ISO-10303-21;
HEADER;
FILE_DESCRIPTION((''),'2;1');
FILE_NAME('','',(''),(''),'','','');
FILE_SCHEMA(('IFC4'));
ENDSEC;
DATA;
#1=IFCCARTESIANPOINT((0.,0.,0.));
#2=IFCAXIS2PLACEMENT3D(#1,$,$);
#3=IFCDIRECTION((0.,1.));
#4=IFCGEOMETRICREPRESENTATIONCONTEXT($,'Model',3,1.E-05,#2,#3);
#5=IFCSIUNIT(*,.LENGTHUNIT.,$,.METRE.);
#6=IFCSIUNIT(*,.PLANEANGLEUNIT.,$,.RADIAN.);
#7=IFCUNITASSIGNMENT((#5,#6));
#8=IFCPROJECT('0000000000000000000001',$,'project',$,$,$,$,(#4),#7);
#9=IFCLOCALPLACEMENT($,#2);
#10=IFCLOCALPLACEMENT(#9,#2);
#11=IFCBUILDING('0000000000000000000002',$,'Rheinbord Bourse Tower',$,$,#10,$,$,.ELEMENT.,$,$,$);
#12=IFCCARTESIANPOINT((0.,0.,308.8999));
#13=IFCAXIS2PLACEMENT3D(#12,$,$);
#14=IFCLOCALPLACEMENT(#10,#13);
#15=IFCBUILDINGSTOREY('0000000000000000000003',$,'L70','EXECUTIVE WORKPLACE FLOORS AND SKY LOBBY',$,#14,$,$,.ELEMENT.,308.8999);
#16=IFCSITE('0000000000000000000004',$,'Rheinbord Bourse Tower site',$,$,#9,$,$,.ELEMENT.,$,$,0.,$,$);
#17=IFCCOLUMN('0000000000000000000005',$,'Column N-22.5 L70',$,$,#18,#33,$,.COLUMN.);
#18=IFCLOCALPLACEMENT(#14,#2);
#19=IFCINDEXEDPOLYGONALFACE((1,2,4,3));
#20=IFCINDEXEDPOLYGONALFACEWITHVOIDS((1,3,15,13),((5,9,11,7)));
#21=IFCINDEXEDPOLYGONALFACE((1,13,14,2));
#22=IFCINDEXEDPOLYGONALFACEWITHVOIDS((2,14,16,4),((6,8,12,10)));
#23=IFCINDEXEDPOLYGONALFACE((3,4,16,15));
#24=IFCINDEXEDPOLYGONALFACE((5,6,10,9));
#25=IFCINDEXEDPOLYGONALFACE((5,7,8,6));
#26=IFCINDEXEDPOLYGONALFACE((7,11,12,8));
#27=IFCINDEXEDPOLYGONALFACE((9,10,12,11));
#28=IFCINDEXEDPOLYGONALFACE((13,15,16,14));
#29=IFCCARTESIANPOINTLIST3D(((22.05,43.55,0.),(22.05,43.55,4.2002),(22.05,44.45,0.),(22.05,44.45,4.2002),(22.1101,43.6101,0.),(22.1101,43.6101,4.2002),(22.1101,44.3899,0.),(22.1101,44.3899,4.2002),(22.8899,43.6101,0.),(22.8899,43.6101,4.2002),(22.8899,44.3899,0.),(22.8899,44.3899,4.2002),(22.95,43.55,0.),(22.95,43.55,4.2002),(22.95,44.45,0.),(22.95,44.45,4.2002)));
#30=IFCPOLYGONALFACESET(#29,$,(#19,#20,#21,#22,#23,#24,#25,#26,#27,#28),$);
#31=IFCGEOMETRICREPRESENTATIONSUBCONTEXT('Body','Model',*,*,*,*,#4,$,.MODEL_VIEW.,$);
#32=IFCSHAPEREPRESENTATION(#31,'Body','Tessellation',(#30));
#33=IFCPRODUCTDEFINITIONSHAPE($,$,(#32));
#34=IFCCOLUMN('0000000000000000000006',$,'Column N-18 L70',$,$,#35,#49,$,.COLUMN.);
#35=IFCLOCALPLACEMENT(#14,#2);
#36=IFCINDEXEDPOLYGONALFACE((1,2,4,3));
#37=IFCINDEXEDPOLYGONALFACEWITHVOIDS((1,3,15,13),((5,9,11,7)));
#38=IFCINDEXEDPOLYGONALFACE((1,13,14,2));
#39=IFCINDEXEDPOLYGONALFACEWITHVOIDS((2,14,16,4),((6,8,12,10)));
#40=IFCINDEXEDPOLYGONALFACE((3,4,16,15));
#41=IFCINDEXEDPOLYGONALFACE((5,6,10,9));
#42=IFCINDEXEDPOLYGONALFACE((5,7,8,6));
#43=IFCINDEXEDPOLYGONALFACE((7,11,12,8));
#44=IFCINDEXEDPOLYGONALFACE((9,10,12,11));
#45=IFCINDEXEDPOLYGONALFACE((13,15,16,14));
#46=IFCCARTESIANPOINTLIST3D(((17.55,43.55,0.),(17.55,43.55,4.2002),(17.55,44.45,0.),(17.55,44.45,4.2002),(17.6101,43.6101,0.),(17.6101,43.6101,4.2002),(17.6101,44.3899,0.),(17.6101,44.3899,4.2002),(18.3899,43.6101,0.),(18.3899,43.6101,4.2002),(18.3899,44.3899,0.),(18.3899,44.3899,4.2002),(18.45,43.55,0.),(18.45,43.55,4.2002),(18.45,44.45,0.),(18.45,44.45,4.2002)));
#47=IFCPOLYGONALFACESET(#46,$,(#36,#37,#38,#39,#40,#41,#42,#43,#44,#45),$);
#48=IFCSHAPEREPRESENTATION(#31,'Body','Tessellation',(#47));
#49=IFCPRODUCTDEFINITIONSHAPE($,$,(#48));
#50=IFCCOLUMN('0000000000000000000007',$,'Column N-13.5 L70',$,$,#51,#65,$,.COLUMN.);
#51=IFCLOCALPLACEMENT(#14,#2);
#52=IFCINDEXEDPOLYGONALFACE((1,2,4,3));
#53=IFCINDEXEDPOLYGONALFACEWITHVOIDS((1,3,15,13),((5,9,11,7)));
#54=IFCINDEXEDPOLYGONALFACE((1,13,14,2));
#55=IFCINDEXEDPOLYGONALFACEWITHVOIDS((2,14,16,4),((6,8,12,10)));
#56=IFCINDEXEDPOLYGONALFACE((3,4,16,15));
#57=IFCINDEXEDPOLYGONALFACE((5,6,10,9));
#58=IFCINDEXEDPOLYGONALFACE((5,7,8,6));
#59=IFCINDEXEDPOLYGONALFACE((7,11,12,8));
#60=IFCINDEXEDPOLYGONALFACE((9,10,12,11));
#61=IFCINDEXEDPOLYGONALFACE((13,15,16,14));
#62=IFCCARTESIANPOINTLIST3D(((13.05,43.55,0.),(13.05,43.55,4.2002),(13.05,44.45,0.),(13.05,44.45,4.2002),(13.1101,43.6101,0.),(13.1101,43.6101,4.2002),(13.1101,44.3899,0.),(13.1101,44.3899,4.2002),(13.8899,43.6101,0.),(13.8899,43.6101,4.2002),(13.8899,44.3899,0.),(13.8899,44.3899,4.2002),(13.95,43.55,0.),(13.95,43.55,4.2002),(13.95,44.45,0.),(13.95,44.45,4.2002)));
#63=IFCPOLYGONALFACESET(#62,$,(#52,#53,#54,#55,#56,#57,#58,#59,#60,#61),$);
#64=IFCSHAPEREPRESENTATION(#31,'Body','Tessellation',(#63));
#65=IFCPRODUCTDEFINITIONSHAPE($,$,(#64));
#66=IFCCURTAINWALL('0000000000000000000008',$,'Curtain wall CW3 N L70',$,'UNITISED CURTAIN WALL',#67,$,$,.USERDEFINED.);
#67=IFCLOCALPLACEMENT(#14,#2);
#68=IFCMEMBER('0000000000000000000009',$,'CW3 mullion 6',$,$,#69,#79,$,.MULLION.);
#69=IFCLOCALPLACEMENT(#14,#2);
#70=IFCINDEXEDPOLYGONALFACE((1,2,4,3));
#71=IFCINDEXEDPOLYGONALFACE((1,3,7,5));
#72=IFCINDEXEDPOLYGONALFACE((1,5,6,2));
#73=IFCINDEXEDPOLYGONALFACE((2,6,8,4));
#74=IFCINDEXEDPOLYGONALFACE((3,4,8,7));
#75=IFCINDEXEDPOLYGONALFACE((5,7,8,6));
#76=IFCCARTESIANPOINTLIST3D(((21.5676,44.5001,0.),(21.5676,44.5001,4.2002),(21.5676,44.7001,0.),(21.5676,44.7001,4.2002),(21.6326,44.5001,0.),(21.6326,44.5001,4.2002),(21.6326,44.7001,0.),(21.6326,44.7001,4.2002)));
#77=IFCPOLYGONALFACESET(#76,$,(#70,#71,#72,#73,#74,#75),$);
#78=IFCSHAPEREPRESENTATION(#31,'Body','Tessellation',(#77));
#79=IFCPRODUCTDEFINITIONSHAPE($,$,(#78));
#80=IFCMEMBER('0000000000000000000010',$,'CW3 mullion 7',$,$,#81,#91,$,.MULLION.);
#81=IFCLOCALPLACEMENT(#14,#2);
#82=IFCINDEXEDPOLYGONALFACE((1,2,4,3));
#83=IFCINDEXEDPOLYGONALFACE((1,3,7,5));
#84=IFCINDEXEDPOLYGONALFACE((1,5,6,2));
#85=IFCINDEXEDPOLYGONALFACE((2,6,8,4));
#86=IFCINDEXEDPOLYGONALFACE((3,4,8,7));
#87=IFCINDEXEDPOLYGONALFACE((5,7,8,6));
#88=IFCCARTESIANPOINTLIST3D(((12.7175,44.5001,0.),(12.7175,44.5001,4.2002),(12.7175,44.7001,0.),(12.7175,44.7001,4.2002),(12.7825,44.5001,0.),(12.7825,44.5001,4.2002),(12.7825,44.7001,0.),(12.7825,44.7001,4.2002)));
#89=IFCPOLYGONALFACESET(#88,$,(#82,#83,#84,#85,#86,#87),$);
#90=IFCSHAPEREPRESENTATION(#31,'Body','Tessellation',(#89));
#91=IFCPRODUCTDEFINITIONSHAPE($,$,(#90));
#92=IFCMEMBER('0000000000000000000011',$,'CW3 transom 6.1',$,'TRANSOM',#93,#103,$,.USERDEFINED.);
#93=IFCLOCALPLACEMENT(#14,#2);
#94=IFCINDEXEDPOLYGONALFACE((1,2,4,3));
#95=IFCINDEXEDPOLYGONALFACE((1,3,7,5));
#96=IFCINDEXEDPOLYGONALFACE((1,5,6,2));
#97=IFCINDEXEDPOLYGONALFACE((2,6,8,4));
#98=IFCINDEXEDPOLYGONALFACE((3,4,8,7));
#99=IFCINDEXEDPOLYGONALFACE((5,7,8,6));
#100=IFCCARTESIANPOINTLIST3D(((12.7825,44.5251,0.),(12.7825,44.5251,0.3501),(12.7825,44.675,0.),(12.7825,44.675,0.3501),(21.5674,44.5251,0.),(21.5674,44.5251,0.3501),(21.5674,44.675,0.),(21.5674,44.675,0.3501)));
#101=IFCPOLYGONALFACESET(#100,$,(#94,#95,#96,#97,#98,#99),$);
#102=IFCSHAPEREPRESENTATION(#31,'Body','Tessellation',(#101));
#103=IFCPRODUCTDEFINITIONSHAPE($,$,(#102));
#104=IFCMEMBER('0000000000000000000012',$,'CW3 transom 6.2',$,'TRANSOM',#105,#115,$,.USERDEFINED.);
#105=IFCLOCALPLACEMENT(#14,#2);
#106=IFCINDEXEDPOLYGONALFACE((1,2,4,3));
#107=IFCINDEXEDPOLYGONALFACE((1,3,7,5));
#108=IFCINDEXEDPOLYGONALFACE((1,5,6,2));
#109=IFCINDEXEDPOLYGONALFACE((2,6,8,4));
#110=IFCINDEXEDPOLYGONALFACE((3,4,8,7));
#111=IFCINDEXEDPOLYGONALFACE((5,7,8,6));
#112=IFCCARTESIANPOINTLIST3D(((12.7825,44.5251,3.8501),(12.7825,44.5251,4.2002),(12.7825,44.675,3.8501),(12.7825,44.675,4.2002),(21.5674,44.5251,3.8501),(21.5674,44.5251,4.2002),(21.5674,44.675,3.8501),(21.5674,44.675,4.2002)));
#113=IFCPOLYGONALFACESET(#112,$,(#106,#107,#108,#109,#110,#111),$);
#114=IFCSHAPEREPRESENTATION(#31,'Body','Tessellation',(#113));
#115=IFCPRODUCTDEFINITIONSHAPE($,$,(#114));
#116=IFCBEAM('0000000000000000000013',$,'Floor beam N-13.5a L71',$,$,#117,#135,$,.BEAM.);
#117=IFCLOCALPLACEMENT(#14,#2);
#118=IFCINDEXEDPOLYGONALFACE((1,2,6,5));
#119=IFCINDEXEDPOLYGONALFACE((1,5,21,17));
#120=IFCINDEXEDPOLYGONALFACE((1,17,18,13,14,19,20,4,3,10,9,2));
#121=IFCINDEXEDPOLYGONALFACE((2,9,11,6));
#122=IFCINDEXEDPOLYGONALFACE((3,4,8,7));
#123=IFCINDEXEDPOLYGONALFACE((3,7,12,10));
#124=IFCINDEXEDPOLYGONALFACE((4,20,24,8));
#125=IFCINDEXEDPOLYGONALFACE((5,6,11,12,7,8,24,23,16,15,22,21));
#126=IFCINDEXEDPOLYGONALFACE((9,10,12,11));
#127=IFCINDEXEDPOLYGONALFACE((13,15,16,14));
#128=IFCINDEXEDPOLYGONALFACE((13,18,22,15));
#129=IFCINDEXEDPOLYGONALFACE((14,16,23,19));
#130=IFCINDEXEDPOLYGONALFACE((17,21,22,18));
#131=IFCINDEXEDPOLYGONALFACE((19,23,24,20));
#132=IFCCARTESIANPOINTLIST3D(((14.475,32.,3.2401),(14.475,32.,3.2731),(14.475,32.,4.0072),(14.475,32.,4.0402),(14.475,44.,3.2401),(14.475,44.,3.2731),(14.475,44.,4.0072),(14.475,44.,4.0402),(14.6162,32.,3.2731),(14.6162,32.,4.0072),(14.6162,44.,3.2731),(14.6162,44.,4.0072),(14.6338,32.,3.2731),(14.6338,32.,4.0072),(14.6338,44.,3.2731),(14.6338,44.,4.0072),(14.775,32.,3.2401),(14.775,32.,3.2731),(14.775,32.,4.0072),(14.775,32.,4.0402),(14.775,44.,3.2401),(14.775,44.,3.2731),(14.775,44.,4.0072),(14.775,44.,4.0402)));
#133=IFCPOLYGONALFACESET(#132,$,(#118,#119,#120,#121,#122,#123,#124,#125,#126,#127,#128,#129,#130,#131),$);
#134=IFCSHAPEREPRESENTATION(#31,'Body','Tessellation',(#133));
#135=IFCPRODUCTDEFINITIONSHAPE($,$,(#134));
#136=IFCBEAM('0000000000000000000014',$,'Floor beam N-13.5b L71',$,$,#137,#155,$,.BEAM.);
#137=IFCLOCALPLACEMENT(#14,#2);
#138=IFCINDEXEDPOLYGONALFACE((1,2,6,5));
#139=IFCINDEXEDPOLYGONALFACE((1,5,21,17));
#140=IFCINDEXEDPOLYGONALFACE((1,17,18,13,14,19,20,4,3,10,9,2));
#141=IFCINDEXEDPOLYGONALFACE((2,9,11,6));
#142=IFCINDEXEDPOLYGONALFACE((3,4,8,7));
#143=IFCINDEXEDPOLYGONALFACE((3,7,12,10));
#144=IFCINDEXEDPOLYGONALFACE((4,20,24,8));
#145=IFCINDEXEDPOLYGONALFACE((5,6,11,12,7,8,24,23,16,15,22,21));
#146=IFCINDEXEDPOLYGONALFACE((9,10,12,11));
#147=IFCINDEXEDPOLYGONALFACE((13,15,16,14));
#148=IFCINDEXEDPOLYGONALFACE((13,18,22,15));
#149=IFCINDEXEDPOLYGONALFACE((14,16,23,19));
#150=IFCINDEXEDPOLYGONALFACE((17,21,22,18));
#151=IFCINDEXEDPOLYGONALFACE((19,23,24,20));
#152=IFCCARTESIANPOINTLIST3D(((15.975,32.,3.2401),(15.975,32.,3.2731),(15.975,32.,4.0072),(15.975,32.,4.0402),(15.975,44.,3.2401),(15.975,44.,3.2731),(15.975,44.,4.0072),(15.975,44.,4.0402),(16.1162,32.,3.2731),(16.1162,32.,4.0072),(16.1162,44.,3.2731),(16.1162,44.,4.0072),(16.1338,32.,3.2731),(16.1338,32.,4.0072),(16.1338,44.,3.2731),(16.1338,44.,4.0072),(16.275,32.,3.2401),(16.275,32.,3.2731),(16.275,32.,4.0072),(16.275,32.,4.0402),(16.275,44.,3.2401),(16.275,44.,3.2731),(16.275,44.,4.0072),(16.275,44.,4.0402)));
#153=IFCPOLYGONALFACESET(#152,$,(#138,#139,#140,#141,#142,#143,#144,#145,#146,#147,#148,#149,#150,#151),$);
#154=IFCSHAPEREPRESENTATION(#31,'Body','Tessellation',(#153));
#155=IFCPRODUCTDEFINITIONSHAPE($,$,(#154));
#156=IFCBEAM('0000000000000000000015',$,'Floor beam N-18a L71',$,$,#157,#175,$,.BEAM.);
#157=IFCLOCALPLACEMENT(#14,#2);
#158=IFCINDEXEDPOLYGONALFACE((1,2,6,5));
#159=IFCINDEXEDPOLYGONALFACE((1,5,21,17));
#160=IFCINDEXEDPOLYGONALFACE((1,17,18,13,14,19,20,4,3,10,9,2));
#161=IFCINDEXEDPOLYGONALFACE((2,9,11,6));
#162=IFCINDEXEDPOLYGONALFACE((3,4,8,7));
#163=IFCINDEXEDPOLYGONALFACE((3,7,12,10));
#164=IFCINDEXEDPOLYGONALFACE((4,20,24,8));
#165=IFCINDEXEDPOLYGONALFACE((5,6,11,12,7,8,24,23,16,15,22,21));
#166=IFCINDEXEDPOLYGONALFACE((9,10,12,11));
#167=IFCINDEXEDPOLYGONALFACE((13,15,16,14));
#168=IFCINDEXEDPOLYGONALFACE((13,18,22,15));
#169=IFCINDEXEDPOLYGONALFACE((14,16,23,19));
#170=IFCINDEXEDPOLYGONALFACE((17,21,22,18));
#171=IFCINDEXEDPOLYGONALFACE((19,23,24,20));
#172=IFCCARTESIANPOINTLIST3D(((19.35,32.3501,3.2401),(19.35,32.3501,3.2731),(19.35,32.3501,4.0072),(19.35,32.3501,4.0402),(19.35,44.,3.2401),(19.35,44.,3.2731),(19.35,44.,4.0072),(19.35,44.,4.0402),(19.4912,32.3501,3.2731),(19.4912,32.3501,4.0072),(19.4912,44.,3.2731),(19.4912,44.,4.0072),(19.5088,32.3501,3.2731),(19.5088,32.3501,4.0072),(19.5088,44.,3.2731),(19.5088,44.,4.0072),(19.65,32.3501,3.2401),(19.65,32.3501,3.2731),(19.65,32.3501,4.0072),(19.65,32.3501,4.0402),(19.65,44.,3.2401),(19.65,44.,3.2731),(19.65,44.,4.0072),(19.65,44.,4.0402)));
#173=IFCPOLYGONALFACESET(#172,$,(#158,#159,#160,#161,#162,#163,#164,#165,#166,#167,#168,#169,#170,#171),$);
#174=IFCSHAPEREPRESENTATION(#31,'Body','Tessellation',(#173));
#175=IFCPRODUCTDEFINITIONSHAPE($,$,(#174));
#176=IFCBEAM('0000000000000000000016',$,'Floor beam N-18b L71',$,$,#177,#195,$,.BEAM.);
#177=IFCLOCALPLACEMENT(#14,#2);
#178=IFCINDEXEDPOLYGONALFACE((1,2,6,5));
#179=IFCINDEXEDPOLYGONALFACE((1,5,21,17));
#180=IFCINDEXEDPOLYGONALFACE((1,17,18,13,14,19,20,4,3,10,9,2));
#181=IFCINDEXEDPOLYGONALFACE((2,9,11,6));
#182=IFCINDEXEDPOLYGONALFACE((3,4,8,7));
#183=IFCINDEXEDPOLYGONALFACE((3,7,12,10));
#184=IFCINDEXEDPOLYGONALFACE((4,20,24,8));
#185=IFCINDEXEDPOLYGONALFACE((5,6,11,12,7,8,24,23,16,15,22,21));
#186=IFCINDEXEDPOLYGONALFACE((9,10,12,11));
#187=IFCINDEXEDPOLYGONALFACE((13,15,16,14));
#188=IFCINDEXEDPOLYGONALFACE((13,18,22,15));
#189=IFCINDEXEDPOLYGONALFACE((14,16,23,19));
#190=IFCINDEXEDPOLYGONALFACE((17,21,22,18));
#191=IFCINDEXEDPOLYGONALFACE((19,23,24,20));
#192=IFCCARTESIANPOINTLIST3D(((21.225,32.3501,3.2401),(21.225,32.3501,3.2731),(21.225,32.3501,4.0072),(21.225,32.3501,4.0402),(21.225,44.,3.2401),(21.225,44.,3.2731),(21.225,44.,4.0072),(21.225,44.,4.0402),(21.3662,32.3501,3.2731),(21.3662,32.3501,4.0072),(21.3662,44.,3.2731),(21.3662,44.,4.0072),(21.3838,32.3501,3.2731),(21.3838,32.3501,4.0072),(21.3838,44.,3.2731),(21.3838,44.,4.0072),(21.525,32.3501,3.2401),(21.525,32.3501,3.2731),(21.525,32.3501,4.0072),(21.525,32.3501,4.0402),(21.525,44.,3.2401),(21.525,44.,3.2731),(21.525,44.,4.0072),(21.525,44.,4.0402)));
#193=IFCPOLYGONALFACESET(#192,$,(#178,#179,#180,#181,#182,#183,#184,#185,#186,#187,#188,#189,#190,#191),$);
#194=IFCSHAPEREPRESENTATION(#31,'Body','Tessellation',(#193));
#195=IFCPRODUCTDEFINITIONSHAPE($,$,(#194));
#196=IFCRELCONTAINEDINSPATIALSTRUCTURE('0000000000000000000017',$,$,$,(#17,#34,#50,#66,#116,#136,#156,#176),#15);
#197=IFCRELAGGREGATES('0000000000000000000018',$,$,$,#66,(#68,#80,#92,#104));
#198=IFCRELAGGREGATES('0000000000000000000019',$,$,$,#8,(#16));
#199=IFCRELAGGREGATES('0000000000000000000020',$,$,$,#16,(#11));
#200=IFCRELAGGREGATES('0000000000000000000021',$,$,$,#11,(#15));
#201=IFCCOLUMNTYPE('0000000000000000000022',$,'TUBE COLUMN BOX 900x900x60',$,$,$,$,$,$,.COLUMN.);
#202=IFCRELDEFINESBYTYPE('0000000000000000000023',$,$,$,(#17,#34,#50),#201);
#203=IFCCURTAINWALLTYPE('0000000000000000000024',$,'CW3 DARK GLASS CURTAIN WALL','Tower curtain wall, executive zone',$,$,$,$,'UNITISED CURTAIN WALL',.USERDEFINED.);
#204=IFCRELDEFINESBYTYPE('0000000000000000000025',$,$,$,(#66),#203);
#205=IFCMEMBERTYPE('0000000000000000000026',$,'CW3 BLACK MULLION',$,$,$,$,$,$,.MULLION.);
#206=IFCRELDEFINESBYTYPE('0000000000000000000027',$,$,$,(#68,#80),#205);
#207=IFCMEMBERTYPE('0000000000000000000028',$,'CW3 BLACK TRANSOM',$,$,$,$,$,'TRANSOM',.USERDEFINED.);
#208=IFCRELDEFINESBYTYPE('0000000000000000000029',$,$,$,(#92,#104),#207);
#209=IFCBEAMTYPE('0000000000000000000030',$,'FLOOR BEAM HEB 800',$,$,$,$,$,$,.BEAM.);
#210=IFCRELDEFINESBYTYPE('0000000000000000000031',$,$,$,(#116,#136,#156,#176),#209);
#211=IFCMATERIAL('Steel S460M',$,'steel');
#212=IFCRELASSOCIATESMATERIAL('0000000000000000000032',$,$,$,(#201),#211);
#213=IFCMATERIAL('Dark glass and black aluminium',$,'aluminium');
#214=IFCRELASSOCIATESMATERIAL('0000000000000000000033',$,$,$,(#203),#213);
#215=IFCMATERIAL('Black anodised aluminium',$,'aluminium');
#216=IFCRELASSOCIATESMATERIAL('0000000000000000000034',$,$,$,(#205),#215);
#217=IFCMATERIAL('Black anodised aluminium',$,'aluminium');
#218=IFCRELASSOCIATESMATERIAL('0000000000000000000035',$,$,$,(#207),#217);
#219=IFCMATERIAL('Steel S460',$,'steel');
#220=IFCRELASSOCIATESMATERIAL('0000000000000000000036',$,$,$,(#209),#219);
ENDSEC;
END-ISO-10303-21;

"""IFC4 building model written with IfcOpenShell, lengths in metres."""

from ifc_helpers import new_model, si_unit, direction, frame, origin, origin_2d, place, context, subcontext, project, spatial, rectangle, hollow_rectangle, i_section, extrude, material, material_profile, profile_set, type_object, element, aggregate, save


model = new_model("IFC4")

# Units and contexts
model_context = context("Model", 3, precision=1e-05, world=origin(), true_north=direction((0.0, 1.0)))
body_context = subcontext(model_context, "Body", "Model", "MODEL_VIEW")
ifc_project = project(units=[si_unit("LENGTHUNIT", "METRE"), si_unit("PLANEANGLEUNIT", "RADIAN")], contexts=[model_context])

# Site, building, storey
site_placement = place(None, origin())
site = spatial("IfcSite", under=ifc_project, at=site_placement, Name="Rheinbord Bourse Tower site", CompositionType="ELEMENT", RefElevation=0.0)
building_placement = place(site_placement, origin())
building = spatial("IfcBuilding", under=site, at=building_placement, Name="Rheinbord Bourse Tower", CompositionType="ELEMENT")
storey_placement = place(building_placement, frame((0.0, 0.0, 308.8999)))
storey = spatial("IfcBuildingStorey", under=building, at=storey_placement, Name="L70", Description="EXECUTIVE WORKPLACE FLOORS AND SKY LOBBY", CompositionType="ELEMENT", Elevation=308.8999)

# Columns
ifc_material_1 = material(Name="Steel S460M", Category="steel")
ifc_material_profile_1 = material_profile(ifc_material_1, hollow_rectangle(XDim=0.8999, YDim=0.8999, WallThickness=0.0601, at=origin_2d()), Name="BOX 900x900x60")
ifc_profile_set_1 = profile_set([ifc_material_profile_1], Name="Steel S460M")
column_type = type_object("IfcColumnType", Name="TUBE COLUMN BOX 900x900x60", PredefinedType="COLUMN", material=ifc_profile_set_1)
for number, where, z_axis, x_axis, name in (
    (1, (22.5, 44.0, 0.0), (0.0, 0.0, 1.0), (0.0, 1.0, 0.0), "Column N-22.5 L70"),
    (2, (18.0, 44.0, 0.0), (0.0, 0.0, 1.0), (0.0, 1.0, 0.0), "Column N-18 L70"),
    (3, (13.5, 44.0, 0.0), (0.0, 0.0, 1.0), (0.0, 1.0, 0.0), "Column N-13.5 L70"),
):
    element("IfcColumn", number, at=place(storey_placement, frame(where, z_axis=z_axis, x_axis=x_axis)), inside=storey, type_object=column_type, Name=name, PredefinedType="COLUMN", context=body_context, shape_type="SweptSolid", body=[
        extrude(hollow_rectangle(XDim=0.8999, YDim=0.8999, WallThickness=0.0601, at=origin_2d()), origin(), (0.0, 0.0, 1.0), 4.2002),
    ])

# Curtain wall, members
ifc_material_2 = material(Name="Dark glass and black aluminium", Category="aluminium")
curtain_wall_type = type_object("IfcCurtainWallType", Name="CW3 DARK GLASS CURTAIN WALL", Description="Tower curtain wall, executive zone", ElementType="UNITISED CURTAIN WALL", PredefinedType="USERDEFINED", material=ifc_material_2)
curtain_wall_placement = place(storey_placement, origin())
curtain_wall = element("IfcCurtainWall", 4, at=curtain_wall_placement, inside=storey, type_object=curtain_wall_type, Name="Curtain wall CW3 N L70", ObjectType="UNITISED CURTAIN WALL", PredefinedType="USERDEFINED")
ifc_material_3 = material(Name="Black anodised aluminium", Category="aluminium")
ifc_material_profile_2 = material_profile(ifc_material_3, rectangle(XDim=0.2, YDim=0.0649, at=origin_2d()), Name="CW3 MULLION 65x200")
ifc_profile_set_2 = profile_set([ifc_material_profile_2], Name="Black anodised aluminium")
member_type_1 = type_object("IfcMemberType", Name="CW3 BLACK MULLION", PredefinedType="MULLION", material=ifc_profile_set_2)
member_1_placement = place(storey_placement, frame((21.6001, 44.6001, 0.0), z_axis=(0.0, 0.0, 1.0), x_axis=(0.0, -1.0, 0.0)))
member_1 = element("IfcMember", 5, at=member_1_placement, type_object=member_type_1, Name="CW3 mullion 6", PredefinedType="MULLION", context=body_context, shape_type="SweptSolid", body=[
    extrude(rectangle(XDim=0.2, YDim=0.0649, at=origin_2d()), origin(), (0.0, 0.0, 1.0), 4.2002),
])
member_2_placement = place(storey_placement, frame((12.75, 44.6001, 0.0), z_axis=(0.0, 0.0, 1.0), x_axis=(0.0, -1.0, 0.0)))
member_2 = element("IfcMember", 6, at=member_2_placement, type_object=member_type_1, Name="CW3 mullion 7", PredefinedType="MULLION", context=body_context, shape_type="SweptSolid", body=[
    extrude(rectangle(XDim=0.2, YDim=0.0649, at=origin_2d()), origin(), (0.0, 0.0, 1.0), 4.2002),
])
ifc_material_4 = material(Name="Black anodised aluminium", Category="aluminium")
ifc_material_profile_3 = material_profile(ifc_material_4, rectangle(XDim=0.1499, YDim=0.3501, at=origin_2d()), Name="CW3 TRANSOM 350x150")
ifc_profile_set_3 = profile_set([ifc_material_profile_3], Name="Black anodised aluminium")
member_type_2 = type_object("IfcMemberType", Name="CW3 BLACK TRANSOM", ElementType="TRANSOM", PredefinedType="USERDEFINED", material=ifc_profile_set_3)
member_3_placement = place(storey_placement, frame((21.5674, 44.6001, 0.175), z_axis=(-1.0, 0.0, 0.0), x_axis=(0.0, -1.0, 0.0)))
member_3 = element("IfcMember", 7, at=member_3_placement, type_object=member_type_2, Name="CW3 transom 6.1", ObjectType="TRANSOM", PredefinedType="USERDEFINED", context=body_context, shape_type="SweptSolid", body=[
    extrude(rectangle(XDim=0.1499, YDim=0.3501, at=origin_2d()), origin(), (0.0, 0.0, 1.0), 8.7849),
])
member_4_placement = place(storey_placement, frame((21.5674, 44.6001, 4.0251), z_axis=(-1.0, 0.0, 0.0), x_axis=(0.0, -1.0, 0.0)))
member_4 = element("IfcMember", 8, at=member_4_placement, type_object=member_type_2, Name="CW3 transom 6.2", ObjectType="TRANSOM", PredefinedType="USERDEFINED", context=body_context, shape_type="SweptSolid", body=[
    extrude(rectangle(XDim=0.1499, YDim=0.3501, at=origin_2d()), origin(), (0.0, 0.0, 1.0), 8.7849),
])

# Beams
ifc_material_5 = material(Name="Steel S460", Category="steel")
ifc_material_profile_4 = material_profile(ifc_material_5, i_section(OverallWidth=0.3, OverallDepth=0.8, WebThickness=0.0176, FlangeThickness=0.033, at=origin_2d()), Name="HEB 800")
ifc_profile_set_4 = profile_set([ifc_material_profile_4], Name="Steel S460")
beam_type_1 = type_object("IfcBeamType", Name="FLOOR BEAM HEB 800", PredefinedType="BEAM", material=ifc_profile_set_4)
for number, where, z_axis, x_axis, name in (
    (9, (14.625, 44.0, 3.6401), (0.0, -1.0, 0.0), (1.0, 0.0, 0.0), "Floor beam N-13.5a L71"),
    (10, (16.125, 44.0, 3.6401), (0.0, -1.0, 0.0), (1.0, 0.0, 0.0), "Floor beam N-13.5b L71"),
):
    element("IfcBeam", number, at=place(storey_placement, frame(where, z_axis=z_axis, x_axis=x_axis)), inside=storey, type_object=beam_type_1, Name=name, PredefinedType="BEAM", context=body_context, shape_type="SweptSolid", body=[
        extrude(i_section(OverallWidth=0.3, OverallDepth=0.8, WebThickness=0.0176, FlangeThickness=0.033, at=origin_2d()), origin(), (0.0, 0.0, 1.0), 12.0),
    ])
for number, where, z_axis, x_axis, name in (
    (11, (19.5, 44.0, 3.6401), (0.0, -1.0, 0.0), (1.0, 0.0, 0.0), "Floor beam N-18a L71"),
    (12, (21.375, 44.0, 3.6401), (0.0, -1.0, 0.0), (1.0, 0.0, 0.0), "Floor beam N-18b L71"),
):
    element("IfcBeam", number, at=place(storey_placement, frame(where, z_axis=z_axis, x_axis=x_axis)), inside=storey, type_object=beam_type_1, Name=name, PredefinedType="BEAM", context=body_context, shape_type="SweptSolid", body=[
        extrude(i_section(OverallWidth=0.3, OverallDepth=0.8, WebThickness=0.0176, FlangeThickness=0.033, at=origin_2d()), origin(), (0.0, 0.0, 1.0), 11.6499),
    ])

aggregate(curtain_wall, [member_1, member_2, member_3, member_4])

save(model, "model.ifc")
